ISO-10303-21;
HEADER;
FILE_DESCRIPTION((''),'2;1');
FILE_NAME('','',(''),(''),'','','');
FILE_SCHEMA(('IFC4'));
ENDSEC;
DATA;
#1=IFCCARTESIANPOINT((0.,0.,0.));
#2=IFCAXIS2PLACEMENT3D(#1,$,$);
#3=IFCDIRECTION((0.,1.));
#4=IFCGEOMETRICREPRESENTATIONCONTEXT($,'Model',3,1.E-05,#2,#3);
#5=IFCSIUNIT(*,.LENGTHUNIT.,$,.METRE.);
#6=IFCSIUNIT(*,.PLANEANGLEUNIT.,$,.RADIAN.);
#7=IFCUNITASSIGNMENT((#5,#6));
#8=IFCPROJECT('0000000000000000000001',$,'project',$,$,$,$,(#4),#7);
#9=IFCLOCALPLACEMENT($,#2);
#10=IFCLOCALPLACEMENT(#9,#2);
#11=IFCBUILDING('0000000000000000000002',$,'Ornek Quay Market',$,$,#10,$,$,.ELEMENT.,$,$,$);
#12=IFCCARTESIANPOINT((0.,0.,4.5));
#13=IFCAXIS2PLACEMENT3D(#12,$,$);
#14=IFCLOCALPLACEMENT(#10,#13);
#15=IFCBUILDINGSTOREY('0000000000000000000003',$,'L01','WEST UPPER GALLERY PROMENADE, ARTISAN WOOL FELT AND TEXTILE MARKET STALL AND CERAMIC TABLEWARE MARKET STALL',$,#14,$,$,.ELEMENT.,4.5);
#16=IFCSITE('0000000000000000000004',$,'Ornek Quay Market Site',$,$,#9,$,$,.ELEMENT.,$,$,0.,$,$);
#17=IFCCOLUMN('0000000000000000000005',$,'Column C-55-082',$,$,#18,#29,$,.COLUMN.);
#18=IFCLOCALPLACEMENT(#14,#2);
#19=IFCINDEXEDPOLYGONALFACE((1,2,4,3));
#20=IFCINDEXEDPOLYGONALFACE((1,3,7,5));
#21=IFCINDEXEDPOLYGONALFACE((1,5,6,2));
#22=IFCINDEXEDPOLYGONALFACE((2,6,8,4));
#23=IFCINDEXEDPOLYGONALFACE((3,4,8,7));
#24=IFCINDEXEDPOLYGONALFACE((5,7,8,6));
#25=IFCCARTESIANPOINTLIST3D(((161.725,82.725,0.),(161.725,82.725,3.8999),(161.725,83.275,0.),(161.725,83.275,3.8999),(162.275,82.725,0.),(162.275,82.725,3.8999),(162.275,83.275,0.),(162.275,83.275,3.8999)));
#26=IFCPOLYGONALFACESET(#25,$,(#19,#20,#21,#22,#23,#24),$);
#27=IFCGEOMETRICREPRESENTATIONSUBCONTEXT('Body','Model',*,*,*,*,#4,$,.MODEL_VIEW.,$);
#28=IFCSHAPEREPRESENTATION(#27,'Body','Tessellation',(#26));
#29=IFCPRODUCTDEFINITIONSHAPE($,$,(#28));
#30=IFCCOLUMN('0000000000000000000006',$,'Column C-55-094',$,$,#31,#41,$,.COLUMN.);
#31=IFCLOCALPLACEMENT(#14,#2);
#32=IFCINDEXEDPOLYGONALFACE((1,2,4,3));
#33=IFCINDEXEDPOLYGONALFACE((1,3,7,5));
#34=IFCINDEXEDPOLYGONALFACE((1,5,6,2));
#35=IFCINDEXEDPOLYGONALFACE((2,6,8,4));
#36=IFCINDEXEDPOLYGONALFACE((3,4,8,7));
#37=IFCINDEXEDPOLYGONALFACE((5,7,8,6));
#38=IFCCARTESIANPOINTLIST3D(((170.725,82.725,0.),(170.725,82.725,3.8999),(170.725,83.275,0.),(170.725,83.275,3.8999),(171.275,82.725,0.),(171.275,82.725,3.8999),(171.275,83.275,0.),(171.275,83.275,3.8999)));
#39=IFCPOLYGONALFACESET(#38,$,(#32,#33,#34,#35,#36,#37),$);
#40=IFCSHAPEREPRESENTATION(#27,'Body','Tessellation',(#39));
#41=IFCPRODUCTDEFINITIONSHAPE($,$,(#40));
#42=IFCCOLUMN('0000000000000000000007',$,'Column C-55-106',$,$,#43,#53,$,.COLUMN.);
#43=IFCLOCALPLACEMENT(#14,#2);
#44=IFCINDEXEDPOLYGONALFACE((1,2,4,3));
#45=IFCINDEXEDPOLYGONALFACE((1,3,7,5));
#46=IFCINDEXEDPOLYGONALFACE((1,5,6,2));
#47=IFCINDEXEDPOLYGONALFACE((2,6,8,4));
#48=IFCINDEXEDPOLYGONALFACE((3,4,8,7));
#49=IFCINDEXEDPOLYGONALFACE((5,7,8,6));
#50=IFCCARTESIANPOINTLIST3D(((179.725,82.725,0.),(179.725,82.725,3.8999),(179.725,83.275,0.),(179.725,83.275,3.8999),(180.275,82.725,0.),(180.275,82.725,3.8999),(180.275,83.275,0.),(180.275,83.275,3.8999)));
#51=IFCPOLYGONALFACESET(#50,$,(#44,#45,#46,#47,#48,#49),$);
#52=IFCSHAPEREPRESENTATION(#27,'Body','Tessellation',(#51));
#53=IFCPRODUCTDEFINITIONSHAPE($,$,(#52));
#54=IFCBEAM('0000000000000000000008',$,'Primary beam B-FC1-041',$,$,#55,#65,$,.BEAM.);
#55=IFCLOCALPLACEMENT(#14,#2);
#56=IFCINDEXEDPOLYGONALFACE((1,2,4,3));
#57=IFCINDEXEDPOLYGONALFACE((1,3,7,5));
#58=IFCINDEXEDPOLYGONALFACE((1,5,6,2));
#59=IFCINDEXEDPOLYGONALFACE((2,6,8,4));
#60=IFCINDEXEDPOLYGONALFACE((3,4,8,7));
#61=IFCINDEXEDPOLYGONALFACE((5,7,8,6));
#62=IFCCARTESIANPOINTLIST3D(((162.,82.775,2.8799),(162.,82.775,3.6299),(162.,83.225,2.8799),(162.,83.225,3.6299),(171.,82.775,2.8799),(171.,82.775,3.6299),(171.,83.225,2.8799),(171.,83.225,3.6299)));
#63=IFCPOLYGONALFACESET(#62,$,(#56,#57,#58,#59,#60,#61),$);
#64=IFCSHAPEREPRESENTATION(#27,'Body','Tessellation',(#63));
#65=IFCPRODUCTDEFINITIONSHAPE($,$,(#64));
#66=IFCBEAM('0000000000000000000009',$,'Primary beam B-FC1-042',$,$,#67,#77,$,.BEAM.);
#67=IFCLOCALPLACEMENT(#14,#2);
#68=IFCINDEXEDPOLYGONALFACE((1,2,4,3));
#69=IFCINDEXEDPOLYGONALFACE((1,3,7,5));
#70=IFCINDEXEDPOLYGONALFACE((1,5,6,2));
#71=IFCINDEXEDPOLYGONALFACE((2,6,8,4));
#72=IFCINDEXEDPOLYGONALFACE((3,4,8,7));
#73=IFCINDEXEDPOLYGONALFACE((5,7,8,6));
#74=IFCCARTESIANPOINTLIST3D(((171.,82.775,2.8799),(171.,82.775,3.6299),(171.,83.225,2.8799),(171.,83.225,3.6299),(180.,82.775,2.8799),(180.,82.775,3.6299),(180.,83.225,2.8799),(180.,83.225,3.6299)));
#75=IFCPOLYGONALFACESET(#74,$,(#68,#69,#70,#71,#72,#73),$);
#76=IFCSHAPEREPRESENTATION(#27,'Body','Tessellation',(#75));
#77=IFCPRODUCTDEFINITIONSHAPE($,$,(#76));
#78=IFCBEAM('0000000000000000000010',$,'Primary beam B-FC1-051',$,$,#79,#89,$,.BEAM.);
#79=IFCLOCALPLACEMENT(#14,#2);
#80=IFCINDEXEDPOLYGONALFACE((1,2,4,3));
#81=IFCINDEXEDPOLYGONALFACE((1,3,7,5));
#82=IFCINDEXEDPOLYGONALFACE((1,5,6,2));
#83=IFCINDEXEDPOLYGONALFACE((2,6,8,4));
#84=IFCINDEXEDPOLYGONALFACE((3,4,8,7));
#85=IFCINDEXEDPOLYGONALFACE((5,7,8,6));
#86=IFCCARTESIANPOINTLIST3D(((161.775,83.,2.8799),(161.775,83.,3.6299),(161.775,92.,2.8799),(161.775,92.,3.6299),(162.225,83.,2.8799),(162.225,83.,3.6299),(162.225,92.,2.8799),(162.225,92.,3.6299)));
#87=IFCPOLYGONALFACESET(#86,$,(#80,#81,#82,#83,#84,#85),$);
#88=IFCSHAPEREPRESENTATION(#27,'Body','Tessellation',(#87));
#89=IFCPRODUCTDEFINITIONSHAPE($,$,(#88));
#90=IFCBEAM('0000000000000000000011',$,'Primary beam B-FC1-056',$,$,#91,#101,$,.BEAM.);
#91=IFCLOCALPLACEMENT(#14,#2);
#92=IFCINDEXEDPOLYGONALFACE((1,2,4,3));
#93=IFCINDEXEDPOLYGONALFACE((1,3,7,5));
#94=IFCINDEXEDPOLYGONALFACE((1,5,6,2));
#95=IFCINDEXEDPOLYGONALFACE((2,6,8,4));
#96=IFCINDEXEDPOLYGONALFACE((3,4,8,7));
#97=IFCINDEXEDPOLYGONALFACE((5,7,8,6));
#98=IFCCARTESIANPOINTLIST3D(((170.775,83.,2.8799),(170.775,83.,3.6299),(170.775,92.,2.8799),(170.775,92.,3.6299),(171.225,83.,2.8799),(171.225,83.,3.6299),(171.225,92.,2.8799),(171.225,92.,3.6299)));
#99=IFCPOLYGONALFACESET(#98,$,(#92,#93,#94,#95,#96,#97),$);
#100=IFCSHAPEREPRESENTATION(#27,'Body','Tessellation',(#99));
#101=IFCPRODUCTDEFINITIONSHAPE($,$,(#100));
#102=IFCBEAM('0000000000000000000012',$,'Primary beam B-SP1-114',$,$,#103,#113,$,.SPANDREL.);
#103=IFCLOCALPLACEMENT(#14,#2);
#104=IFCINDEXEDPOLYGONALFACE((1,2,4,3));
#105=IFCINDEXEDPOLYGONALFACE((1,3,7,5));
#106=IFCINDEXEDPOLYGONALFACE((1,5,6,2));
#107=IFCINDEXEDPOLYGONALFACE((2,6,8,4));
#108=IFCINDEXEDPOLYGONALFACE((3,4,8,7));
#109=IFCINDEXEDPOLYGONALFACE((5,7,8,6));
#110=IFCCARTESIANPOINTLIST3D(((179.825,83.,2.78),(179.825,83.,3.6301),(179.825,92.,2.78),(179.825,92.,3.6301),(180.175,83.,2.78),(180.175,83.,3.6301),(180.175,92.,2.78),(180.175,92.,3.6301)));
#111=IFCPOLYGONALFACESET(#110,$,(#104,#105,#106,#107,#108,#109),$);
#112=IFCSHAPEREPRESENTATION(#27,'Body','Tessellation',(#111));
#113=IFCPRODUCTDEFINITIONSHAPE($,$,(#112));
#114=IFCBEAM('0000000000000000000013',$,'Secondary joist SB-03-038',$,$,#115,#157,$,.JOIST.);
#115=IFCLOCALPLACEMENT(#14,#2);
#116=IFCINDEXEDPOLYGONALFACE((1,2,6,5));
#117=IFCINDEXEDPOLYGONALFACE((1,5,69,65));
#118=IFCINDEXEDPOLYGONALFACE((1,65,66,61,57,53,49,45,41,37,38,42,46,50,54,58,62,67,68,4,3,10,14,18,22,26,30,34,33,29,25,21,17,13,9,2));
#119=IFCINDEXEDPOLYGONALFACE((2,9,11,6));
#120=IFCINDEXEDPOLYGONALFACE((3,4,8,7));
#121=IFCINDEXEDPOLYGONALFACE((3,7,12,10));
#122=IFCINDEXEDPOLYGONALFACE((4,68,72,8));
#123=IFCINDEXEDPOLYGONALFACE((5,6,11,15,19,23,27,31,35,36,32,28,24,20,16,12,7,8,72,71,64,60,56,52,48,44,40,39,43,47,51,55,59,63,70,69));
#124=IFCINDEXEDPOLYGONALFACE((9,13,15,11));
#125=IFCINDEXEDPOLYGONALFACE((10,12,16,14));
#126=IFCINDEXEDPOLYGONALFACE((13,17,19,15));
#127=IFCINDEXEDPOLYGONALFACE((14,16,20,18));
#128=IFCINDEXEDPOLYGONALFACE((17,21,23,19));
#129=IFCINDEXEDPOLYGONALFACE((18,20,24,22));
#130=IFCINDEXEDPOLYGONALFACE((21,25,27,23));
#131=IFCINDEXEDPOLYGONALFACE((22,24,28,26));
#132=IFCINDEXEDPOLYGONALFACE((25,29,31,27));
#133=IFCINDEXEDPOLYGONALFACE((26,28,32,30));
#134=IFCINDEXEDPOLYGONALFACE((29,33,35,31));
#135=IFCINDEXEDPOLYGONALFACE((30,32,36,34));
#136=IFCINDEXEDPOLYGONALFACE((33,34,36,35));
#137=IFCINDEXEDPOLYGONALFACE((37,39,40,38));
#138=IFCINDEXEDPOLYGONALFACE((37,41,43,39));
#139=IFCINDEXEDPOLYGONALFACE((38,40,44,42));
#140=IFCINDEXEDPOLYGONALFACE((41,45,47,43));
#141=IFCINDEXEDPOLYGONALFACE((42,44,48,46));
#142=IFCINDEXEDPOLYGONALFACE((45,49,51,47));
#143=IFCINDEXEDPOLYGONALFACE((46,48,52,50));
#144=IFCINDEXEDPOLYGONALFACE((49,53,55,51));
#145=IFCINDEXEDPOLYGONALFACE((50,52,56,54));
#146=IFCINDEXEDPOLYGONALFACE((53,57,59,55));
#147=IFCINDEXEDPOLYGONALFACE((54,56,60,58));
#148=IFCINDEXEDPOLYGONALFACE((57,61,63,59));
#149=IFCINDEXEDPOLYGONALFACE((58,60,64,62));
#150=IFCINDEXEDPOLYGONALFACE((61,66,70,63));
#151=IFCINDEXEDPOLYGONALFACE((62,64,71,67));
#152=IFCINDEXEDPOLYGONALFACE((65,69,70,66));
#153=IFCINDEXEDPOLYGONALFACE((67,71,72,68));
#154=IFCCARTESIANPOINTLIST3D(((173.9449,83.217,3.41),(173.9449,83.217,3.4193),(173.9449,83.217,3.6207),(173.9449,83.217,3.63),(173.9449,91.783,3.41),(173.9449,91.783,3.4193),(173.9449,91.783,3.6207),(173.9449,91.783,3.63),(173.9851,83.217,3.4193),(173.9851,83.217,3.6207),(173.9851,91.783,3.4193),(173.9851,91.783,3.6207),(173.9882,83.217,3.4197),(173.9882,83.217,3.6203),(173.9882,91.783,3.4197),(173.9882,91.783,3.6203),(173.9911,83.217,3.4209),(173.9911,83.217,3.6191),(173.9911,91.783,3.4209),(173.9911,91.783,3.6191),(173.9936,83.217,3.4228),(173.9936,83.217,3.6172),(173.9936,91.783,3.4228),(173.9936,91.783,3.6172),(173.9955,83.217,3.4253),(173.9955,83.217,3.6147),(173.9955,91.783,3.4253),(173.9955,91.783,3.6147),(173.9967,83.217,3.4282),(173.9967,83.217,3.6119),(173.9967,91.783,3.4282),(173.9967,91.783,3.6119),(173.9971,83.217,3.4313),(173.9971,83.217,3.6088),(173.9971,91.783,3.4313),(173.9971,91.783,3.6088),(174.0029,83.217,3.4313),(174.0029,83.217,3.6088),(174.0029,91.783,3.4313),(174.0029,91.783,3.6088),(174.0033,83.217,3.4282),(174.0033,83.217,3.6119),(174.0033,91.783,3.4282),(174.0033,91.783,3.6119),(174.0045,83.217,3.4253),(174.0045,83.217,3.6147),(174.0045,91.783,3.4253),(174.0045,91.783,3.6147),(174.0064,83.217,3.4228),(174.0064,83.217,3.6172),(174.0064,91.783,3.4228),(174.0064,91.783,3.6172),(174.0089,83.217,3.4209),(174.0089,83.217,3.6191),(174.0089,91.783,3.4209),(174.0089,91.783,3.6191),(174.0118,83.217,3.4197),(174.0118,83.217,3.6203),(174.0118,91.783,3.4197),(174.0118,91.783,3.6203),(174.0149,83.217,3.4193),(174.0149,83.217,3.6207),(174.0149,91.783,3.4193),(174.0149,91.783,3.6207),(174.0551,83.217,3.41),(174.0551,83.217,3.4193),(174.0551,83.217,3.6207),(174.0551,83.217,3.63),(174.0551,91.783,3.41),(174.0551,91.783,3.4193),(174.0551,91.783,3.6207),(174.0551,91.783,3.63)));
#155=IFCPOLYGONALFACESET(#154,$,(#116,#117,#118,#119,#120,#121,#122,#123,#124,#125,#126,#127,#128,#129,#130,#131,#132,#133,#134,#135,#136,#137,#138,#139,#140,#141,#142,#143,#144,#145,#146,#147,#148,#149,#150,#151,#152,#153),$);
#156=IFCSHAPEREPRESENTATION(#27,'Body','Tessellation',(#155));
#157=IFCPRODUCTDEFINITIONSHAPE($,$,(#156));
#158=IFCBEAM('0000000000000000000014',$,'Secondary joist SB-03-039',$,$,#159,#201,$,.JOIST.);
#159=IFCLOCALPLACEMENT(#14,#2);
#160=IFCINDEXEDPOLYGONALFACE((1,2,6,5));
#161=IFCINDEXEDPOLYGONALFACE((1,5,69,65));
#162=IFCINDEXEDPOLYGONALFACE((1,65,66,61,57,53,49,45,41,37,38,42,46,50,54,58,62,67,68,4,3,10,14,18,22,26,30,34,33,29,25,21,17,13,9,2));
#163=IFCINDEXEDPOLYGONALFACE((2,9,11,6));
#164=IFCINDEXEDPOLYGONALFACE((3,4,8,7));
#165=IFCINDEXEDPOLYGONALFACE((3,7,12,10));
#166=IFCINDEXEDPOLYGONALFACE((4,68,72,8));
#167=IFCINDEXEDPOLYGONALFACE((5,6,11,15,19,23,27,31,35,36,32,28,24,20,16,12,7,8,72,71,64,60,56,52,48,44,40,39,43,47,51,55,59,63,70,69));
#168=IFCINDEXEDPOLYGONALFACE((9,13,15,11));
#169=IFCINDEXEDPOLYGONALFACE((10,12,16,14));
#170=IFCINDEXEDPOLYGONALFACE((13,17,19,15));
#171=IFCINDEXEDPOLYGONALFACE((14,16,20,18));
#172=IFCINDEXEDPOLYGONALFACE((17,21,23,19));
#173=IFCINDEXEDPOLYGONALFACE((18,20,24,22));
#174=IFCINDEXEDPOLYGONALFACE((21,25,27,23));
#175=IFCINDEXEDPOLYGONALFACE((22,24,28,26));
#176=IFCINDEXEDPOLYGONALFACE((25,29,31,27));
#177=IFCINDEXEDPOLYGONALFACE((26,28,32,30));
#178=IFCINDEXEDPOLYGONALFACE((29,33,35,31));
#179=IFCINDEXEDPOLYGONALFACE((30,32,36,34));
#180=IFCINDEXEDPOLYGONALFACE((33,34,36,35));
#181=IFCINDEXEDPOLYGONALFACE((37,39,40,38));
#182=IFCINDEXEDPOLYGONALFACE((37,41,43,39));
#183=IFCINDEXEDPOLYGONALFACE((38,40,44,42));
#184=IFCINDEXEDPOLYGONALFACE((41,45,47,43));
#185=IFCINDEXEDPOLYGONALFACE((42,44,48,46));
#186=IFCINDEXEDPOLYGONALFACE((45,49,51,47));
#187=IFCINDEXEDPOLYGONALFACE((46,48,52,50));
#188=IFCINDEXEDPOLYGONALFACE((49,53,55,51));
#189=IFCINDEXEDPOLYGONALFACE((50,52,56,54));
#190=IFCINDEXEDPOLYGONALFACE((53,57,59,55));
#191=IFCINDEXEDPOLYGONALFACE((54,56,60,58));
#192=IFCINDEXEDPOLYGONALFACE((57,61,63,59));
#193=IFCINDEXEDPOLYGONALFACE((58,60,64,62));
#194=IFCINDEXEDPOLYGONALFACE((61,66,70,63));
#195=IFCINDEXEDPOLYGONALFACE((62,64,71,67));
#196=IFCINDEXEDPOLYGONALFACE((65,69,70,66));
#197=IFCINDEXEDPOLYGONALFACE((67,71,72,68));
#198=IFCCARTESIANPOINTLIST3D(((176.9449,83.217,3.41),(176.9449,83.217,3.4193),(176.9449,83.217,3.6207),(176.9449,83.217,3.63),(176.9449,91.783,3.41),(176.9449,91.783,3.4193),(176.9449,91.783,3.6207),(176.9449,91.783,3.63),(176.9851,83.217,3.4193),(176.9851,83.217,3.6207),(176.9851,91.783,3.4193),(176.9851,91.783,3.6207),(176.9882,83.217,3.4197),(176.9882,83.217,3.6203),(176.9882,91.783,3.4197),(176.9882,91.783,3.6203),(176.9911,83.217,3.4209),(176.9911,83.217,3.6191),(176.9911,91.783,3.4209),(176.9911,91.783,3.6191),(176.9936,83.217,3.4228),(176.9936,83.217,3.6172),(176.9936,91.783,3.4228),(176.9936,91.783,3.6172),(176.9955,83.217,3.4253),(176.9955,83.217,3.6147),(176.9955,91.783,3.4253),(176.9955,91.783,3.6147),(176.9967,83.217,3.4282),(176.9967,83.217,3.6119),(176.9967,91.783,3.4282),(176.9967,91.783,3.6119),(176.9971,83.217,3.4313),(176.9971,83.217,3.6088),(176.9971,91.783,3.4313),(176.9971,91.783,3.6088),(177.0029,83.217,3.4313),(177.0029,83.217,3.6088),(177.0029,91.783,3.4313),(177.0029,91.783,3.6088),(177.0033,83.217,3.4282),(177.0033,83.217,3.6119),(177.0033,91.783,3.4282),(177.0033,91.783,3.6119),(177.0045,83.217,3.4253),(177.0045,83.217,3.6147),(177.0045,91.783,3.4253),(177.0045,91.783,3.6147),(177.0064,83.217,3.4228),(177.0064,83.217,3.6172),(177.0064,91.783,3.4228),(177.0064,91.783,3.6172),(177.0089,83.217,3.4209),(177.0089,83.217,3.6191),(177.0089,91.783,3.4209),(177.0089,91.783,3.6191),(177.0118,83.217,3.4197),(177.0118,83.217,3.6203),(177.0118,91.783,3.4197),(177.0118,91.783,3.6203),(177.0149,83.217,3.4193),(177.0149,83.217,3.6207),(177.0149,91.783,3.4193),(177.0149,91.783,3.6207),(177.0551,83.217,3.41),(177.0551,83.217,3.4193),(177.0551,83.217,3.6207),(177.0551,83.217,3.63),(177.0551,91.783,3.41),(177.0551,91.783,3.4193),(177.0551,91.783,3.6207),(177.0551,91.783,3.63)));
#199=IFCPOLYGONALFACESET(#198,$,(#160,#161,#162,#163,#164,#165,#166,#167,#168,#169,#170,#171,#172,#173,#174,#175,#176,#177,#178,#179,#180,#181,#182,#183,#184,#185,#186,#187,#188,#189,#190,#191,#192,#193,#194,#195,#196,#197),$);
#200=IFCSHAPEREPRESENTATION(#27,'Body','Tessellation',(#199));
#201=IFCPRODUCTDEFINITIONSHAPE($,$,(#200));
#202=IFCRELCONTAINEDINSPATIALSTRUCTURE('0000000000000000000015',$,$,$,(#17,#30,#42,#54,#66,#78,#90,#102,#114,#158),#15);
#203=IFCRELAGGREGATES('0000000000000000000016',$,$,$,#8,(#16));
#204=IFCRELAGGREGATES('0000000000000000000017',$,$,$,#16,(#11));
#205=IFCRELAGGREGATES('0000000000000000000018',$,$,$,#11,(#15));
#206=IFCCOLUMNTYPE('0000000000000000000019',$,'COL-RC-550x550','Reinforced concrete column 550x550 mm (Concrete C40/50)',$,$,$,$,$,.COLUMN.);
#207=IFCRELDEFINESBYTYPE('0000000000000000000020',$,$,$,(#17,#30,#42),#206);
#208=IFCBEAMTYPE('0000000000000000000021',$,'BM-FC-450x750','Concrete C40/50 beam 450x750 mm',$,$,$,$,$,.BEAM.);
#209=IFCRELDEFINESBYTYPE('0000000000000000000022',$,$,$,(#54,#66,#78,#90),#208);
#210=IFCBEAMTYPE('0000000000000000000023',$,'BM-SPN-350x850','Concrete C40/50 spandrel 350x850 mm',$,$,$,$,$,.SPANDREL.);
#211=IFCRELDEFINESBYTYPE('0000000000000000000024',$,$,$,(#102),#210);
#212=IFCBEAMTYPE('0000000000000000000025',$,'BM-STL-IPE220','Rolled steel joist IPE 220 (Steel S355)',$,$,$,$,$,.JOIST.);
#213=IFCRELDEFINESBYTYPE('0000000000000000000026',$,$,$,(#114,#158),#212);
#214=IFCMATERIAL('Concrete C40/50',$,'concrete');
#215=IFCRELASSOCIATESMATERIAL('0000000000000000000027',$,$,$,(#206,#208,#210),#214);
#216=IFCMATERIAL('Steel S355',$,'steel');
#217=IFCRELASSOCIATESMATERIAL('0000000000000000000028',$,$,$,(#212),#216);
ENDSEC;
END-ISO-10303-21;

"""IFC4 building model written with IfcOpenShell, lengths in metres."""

from ifc_helpers import new_model, si_unit, direction, frame, origin, origin_2d, place, context, subcontext, project, spatial, rectangle, i_section, extrude, material, material_profile, profile_set, type_object, element, save


model = new_model("IFC4")

# Units and contexts
model_context = context("Model", 3, precision=1e-05, world=origin(), true_north=direction((0.0, 1.0)))
body_context = subcontext(model_context, "Body", "Model", "MODEL_VIEW")
ifc_project = project(units=[si_unit("LENGTHUNIT", "METRE"), si_unit("PLANEANGLEUNIT", "RADIAN")], contexts=[model_context])

# Site, building, storey
site_placement = place(None, origin())
site = spatial("IfcSite", under=ifc_project, at=site_placement, Name="Ornek Quay Market Site", CompositionType="ELEMENT", RefElevation=0.0)
building_placement = place(site_placement, origin())
building = spatial("IfcBuilding", under=site, at=building_placement, Name="Ornek Quay Market", CompositionType="ELEMENT")
storey_placement = place(building_placement, frame((0.0, 0.0, 4.5)))
storey = spatial("IfcBuildingStorey", under=building, at=storey_placement, Name="L01", Description="WEST UPPER GALLERY PROMENADE, ARTISAN WOOL FELT AND TEXTILE MARKET STALL AND CERAMIC TABLEWARE MARKET STALL", CompositionType="ELEMENT", Elevation=4.5)

# Columns
ifc_material_1 = material(Name="Concrete C40/50", Category="concrete")
ifc_material_profile_1 = material_profile(ifc_material_1, rectangle(XDim=0.55, YDim=0.55, at=origin_2d()), Name="RC 550x550", Category="concrete")
ifc_profile_set_1 = profile_set([ifc_material_profile_1], Name="Concrete C40/50")
column_type = type_object("IfcColumnType", Name="COL-RC-550x550", Description="Reinforced concrete column 550x550 mm (Concrete C40/50)", PredefinedType="COLUMN", material=ifc_profile_set_1)
for number, where, z_axis, x_axis, name in (
    (1, (162.0, 83.0, 0.0), (0.0, 0.0, 1.0), (1.0, 0.0, 0.0), "Column C-55-082"),
    (2, (171.0, 83.0, 0.0), (0.0, 0.0, 1.0), (1.0, 0.0, 0.0), "Column C-55-094"),
    (3, (180.0, 83.0, 0.0), (0.0, 0.0, 1.0), (1.0, 0.0, 0.0), "Column C-55-106"),
):
    element("IfcColumn", number, at=place(storey_placement, frame(where, z_axis=z_axis, x_axis=x_axis)), inside=storey, type_object=column_type, Name=name, PredefinedType="COLUMN", context=body_context, shape_type="SweptSolid", body=[
        extrude(rectangle(XDim=0.55, YDim=0.55, at=origin_2d()), origin(), (0.0, 0.0, 1.0), 3.8999),
    ])

# Beams
ifc_material_profile_2 = material_profile(ifc_material_1, rectangle(XDim=0.45, YDim=0.75, at=origin_2d()), Name="RC 450x750", Category="concrete")
ifc_profile_set_2 = profile_set([ifc_material_profile_2], Name="Concrete C40/50")
beam_type_1 = type_object("IfcBeamType", Name="BM-FC-450x750", Description="Concrete C40/50 beam 450x750 mm", PredefinedType="BEAM", material=ifc_profile_set_2)
for number, where, z_axis, x_axis, name in (
    (4, (162.0, 83.0, 3.2549), (1.0, 0.0, 0.0), (0.0, 1.0, 0.0), "Primary beam B-FC1-041"),
    (5, (171.0, 83.0, 3.2549), (1.0, 0.0, 0.0), (0.0, 1.0, 0.0), "Primary beam B-FC1-042"),
    (6, (162.0, 83.0, 3.2549), (0.0, 1.0, 0.0), (-1.0, 0.0, 0.0), "Primary beam B-FC1-051"),
    (7, (171.0, 83.0, 3.2549), (0.0, 1.0, 0.0), (-1.0, 0.0, 0.0), "Primary beam B-FC1-056"),
):
    element("IfcBeam", number, at=place(storey_placement, frame(where, z_axis=z_axis, x_axis=x_axis)), inside=storey, type_object=beam_type_1, Name=name, PredefinedType="BEAM", context=body_context, shape_type="SweptSolid", body=[
        extrude(rectangle(XDim=0.45, YDim=0.75, at=origin_2d()), origin(), (0.0, 0.0, 1.0), 9.0),
    ])
ifc_material_profile_3 = material_profile(ifc_material_1, rectangle(XDim=0.3501, YDim=0.8501, at=origin_2d()), Name="RC 350x850", Category="concrete")
ifc_profile_set_3 = profile_set([ifc_material_profile_3], Name="Concrete C40/50")
beam_type_2 = type_object("IfcBeamType", Name="BM-SPN-350x850", Description="Concrete C40/50 spandrel 350x850 mm", PredefinedType="SPANDREL", material=ifc_profile_set_3)
beam_placement = place(storey_placement, frame((180.0, 83.0, 3.2051), z_axis=(0.0, 1.0, 0.0), x_axis=(-1.0, 0.0, 0.0)))
element("IfcBeam", 8, at=beam_placement, inside=storey, type_object=beam_type_2, Name="Primary beam B-SP1-114", PredefinedType="SPANDREL", context=body_context, shape_type="SweptSolid", body=[
    extrude(rectangle(XDim=0.3501, YDim=0.8501, at=origin_2d()), origin(), (0.0, 0.0, 1.0), 9.0),
])
ifc_material_2 = material(Name="Steel S355", Category="steel")
ifc_material_profile_4 = material_profile(ifc_material_2, i_section(OverallWidth=0.1101, OverallDepth=0.22, WebThickness=0.0059, FlangeThickness=0.0093, FilletRadius=0.012, at=origin_2d()), Name="IPE 220", Category="steel")
ifc_profile_set_4 = profile_set([ifc_material_profile_4], Name="Steel S355")
beam_type_3 = type_object("IfcBeamType", Name="BM-STL-IPE220", Description="Rolled steel joist IPE 220 (Steel S355)", PredefinedType="JOIST", material=ifc_profile_set_4)
for number, where, z_axis, x_axis, name in (
    (9, (174.0, 83.217, 3.52), (0.0, 1.0, 0.0), (-1.0, 0.0, 0.0), "Secondary joist SB-03-038"),
    (10, (177.0, 83.217, 3.52), (0.0, 1.0, 0.0), (-1.0, 0.0, 0.0), "Secondary joist SB-03-039"),
):
    element("IfcBeam", number, at=place(storey_placement, frame(where, z_axis=z_axis, x_axis=x_axis)), inside=storey, type_object=beam_type_3, Name=name, PredefinedType="JOIST", context=body_context, shape_type="SweptSolid", body=[
        extrude(i_section(OverallWidth=0.1101, OverallDepth=0.22, WebThickness=0.0059, FlangeThickness=0.0093, FilletRadius=0.012, at=origin_2d()), origin(), (0.0, 0.0, 1.0), 8.5659),
    ])

save(model, "model.ifc")
